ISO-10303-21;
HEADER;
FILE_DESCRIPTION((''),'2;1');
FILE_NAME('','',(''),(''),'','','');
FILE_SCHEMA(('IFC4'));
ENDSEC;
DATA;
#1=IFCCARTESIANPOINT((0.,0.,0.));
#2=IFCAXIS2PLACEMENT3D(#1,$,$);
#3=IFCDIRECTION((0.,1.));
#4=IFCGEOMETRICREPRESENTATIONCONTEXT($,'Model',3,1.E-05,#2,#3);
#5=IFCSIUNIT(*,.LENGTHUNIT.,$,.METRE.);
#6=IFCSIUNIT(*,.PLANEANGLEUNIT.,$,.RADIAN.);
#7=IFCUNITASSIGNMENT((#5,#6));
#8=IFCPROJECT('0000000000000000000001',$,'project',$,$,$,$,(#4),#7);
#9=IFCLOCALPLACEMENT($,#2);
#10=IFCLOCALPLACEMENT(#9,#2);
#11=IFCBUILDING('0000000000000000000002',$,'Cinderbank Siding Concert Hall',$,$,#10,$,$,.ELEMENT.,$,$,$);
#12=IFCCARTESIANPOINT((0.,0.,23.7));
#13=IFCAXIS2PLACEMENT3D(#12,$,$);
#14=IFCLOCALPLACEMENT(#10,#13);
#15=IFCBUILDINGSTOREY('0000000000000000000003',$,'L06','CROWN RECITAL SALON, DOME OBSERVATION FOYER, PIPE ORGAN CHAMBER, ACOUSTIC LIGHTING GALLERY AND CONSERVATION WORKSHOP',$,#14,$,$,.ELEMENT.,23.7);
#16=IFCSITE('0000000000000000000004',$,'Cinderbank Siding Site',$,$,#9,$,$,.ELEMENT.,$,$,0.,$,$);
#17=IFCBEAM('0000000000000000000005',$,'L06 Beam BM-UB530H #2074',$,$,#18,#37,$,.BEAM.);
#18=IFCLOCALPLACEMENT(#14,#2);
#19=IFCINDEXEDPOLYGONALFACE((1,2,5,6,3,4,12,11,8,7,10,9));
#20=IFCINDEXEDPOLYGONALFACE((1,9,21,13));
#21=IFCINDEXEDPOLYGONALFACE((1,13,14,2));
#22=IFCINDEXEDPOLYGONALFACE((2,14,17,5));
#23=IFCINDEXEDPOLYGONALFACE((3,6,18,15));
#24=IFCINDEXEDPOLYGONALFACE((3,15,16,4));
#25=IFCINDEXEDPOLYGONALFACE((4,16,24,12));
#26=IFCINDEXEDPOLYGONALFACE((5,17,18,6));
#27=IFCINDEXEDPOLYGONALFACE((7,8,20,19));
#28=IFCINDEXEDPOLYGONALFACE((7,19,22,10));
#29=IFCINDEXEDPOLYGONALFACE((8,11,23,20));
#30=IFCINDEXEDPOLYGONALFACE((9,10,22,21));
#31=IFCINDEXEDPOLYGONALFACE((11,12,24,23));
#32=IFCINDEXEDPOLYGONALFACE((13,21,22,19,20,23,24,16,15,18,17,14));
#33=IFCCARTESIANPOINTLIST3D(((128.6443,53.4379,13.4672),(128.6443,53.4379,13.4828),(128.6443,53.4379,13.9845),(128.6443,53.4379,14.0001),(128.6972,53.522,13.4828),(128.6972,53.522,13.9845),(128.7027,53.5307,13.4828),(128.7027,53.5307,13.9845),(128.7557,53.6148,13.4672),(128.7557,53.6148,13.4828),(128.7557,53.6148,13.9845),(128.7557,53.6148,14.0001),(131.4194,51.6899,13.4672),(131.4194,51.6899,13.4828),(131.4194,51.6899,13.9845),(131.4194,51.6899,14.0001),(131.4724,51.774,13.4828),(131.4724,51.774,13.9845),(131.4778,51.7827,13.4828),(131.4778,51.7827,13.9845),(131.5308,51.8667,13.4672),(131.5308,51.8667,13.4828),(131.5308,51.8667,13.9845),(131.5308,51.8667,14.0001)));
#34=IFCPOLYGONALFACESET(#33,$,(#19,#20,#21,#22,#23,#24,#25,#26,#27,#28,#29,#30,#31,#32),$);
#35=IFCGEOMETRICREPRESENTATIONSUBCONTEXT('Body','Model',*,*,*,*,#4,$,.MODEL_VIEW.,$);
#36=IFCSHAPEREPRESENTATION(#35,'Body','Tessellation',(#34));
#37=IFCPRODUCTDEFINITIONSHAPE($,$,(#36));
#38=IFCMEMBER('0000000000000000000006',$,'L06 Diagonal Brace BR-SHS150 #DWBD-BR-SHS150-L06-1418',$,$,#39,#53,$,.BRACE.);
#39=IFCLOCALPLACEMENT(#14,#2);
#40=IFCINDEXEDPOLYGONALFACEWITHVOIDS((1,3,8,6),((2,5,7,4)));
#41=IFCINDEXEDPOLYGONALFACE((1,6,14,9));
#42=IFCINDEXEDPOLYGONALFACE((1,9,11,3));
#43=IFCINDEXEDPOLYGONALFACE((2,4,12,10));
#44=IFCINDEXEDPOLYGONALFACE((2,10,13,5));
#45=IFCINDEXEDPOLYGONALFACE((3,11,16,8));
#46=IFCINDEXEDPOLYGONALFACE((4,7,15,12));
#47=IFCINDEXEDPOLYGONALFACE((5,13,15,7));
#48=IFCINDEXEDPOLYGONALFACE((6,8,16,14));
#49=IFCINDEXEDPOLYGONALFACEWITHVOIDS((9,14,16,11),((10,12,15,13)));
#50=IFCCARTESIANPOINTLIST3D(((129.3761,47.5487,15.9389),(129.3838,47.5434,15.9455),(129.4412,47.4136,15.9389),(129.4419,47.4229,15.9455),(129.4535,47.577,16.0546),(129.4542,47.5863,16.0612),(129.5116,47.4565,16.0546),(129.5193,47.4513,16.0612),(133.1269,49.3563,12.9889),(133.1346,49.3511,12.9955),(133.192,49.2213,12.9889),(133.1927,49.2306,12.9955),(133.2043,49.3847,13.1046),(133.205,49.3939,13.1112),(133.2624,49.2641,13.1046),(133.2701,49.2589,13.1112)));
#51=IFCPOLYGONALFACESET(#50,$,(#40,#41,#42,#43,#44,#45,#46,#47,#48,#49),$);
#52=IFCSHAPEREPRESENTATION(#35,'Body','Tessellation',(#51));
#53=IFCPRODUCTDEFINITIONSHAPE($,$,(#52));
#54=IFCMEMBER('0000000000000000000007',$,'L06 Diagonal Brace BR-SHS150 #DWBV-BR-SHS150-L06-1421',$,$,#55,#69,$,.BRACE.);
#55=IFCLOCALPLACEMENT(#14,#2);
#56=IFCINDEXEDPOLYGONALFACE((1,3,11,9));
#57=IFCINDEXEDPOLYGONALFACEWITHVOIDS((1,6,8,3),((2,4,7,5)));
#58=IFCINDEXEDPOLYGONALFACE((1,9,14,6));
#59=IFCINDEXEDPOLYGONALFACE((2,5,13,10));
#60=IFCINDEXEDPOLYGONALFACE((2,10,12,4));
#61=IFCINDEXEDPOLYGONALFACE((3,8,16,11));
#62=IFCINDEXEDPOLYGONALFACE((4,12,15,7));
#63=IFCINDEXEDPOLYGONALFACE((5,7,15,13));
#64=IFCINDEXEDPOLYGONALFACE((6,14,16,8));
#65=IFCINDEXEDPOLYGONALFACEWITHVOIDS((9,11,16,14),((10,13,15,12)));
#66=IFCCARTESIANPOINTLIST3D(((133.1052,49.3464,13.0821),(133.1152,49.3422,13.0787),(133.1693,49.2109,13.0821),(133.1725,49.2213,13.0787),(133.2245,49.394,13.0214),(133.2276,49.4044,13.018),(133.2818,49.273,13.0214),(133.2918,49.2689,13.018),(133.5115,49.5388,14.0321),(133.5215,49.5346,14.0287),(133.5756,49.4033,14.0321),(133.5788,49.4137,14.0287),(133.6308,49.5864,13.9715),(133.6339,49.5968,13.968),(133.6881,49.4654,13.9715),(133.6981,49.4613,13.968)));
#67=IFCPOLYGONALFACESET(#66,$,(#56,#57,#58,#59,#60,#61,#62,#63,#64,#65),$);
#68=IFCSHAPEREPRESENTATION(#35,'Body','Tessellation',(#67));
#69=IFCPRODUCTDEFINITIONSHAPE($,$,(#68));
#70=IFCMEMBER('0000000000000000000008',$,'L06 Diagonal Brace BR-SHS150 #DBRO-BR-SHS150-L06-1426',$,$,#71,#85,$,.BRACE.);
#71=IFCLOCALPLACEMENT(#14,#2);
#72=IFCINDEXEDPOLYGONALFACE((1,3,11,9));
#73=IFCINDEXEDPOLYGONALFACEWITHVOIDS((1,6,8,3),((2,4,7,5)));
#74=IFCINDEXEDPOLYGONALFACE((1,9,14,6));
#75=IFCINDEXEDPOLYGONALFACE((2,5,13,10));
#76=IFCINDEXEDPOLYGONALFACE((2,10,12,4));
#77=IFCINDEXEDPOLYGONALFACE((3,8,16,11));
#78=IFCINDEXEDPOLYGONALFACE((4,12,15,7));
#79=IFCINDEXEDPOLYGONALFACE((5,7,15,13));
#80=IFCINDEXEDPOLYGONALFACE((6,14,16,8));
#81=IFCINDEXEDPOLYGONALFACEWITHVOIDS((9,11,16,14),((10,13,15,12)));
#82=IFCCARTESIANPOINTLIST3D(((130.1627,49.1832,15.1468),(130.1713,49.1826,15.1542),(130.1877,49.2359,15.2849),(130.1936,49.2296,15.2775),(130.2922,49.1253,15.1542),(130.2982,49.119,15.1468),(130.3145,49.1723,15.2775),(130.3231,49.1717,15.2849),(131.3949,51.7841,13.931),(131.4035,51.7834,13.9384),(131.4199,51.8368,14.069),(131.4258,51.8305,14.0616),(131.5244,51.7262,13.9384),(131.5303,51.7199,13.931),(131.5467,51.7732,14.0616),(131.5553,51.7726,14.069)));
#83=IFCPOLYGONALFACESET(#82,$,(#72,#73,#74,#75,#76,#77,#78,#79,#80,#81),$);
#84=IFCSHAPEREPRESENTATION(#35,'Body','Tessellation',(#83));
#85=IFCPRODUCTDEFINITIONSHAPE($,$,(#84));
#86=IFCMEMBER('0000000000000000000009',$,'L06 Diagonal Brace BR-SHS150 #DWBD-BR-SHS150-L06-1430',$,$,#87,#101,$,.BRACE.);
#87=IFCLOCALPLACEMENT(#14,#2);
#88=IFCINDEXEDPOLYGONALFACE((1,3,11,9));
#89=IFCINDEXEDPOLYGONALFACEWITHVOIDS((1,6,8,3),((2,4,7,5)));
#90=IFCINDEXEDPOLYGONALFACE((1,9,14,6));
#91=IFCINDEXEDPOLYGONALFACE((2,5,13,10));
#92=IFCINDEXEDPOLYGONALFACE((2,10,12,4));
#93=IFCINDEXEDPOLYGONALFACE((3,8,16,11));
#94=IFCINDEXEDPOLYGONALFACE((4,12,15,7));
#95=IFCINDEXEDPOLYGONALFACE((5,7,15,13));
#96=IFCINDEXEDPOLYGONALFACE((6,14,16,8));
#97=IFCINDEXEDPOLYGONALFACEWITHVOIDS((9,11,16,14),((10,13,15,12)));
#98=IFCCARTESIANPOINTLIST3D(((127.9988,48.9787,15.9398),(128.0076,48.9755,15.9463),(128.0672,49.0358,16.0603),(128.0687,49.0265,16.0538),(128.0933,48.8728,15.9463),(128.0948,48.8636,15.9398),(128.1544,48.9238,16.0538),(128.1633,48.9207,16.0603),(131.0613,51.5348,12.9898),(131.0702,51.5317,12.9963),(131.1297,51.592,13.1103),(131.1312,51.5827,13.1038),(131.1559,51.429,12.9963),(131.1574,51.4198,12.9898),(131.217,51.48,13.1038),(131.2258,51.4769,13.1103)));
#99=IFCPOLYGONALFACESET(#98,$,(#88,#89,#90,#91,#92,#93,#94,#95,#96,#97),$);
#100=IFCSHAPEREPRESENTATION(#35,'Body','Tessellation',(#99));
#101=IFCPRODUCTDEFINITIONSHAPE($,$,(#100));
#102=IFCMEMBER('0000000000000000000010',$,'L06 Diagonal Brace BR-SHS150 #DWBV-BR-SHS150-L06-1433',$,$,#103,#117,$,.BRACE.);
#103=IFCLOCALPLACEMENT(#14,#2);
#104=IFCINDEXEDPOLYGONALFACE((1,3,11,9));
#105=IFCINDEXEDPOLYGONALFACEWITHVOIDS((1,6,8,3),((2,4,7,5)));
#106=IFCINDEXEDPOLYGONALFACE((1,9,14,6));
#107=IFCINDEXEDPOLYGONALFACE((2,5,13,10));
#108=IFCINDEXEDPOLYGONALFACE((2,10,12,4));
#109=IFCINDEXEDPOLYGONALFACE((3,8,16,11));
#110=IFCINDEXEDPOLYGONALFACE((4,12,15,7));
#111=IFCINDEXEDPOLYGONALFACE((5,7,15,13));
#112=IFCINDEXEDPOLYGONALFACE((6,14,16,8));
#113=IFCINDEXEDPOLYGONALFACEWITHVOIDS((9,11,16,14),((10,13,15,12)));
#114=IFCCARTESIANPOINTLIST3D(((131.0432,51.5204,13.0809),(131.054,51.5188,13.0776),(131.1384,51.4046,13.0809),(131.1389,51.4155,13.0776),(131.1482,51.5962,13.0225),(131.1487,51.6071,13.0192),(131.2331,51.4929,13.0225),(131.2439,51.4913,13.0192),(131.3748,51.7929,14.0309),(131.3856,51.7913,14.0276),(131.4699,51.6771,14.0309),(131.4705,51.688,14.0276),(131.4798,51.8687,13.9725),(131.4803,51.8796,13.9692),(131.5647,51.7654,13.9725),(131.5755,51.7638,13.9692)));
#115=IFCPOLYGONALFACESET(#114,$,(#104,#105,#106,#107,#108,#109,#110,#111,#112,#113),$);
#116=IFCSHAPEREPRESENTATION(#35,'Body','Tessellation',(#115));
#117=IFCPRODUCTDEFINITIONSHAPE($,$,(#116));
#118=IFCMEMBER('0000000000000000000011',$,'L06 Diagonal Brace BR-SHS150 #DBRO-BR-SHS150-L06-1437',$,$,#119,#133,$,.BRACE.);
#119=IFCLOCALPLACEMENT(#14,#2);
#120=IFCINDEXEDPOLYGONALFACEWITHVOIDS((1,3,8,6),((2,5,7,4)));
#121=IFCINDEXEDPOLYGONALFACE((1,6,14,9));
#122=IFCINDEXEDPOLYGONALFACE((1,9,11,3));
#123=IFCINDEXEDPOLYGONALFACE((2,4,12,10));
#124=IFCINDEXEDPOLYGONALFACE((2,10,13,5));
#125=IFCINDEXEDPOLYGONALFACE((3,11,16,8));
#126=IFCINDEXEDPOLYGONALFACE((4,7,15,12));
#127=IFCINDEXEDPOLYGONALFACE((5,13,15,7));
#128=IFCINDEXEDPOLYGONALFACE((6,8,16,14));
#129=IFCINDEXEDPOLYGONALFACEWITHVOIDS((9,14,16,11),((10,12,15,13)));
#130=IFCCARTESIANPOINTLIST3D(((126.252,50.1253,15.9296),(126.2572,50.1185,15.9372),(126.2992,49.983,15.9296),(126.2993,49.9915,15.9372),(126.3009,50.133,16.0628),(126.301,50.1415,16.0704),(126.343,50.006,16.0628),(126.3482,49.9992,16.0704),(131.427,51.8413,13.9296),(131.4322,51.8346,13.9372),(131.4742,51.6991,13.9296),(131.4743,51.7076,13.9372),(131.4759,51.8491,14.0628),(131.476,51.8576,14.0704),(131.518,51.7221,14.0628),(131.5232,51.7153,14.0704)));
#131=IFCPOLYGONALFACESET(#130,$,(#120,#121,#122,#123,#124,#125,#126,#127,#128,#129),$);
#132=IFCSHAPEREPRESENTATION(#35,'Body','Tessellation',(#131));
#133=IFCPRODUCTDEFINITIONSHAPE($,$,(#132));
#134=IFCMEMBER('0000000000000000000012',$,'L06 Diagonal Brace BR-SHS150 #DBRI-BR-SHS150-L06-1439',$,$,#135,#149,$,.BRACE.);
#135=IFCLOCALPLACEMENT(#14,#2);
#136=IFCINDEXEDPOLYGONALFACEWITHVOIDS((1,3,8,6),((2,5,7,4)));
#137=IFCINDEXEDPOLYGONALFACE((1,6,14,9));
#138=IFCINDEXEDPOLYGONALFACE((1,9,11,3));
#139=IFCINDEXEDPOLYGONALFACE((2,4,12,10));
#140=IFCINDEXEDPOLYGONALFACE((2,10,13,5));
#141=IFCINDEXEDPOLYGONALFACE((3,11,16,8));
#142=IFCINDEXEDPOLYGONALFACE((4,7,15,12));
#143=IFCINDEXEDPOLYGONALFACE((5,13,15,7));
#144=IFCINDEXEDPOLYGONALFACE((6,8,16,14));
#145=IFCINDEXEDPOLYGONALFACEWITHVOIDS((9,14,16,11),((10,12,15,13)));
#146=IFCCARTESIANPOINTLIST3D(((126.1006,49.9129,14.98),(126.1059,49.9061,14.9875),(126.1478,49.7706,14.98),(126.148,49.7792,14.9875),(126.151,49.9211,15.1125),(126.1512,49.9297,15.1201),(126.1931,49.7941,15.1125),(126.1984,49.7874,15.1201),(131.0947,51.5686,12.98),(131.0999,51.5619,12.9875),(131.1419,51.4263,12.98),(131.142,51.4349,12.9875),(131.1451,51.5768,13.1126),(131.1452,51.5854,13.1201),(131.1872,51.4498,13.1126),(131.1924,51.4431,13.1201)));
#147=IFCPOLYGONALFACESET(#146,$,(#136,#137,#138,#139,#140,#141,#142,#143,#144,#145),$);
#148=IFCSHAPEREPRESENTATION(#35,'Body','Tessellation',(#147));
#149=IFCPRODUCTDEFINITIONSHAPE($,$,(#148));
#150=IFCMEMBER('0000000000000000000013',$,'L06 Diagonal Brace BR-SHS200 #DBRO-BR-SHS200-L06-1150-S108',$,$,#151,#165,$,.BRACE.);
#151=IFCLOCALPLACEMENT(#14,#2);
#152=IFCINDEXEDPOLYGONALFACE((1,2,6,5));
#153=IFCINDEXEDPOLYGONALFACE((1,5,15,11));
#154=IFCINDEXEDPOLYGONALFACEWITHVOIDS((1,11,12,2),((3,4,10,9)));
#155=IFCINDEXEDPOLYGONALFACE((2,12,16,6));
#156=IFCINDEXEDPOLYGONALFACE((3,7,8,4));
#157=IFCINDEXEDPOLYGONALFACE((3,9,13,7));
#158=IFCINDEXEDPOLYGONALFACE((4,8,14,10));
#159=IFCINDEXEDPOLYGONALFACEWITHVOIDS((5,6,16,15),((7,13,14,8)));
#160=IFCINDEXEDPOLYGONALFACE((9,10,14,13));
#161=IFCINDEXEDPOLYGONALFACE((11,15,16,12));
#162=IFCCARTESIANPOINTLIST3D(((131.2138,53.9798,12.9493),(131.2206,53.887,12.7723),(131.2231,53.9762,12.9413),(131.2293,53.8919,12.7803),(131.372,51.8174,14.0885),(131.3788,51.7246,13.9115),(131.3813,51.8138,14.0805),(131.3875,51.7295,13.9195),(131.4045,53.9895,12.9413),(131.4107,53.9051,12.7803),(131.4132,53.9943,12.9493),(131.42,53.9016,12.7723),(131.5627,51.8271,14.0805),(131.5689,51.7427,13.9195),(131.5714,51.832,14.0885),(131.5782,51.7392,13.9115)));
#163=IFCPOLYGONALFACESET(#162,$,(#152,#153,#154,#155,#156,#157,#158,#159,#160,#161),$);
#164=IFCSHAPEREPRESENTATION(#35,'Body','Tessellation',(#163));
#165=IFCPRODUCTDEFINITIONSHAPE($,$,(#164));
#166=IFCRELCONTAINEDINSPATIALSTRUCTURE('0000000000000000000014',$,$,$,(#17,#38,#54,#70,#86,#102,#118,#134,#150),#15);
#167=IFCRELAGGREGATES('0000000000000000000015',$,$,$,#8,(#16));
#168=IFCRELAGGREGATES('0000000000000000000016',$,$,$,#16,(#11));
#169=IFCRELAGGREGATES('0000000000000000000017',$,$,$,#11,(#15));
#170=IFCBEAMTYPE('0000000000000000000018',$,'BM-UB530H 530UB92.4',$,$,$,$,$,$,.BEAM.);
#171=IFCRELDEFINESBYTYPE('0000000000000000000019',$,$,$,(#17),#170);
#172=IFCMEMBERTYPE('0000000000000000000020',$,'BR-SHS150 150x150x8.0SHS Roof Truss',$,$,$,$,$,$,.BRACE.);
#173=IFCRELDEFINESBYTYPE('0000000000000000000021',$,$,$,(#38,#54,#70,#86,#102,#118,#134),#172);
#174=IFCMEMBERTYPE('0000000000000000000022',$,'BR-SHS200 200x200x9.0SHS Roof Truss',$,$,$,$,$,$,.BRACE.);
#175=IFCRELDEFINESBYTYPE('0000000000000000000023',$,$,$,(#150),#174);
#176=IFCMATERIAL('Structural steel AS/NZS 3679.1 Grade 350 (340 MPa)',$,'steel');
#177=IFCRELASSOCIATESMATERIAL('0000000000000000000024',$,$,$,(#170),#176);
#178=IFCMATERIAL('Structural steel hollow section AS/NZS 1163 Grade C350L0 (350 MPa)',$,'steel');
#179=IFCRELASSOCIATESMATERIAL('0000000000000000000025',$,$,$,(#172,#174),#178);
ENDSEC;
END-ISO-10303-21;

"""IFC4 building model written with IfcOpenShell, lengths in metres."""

from ifc_helpers import new_model, si_unit, direction, frame, origin, origin_2d, place, context, subcontext, project, spatial, hollow_rectangle, i_section, extrude, material, material_profile, profile_set, type_object, element, save


model = new_model("IFC4")

# Units and contexts
model_context = context("Model", 3, precision=1e-05, world=origin(), true_north=direction((0.0, 1.0)))
body_context = subcontext(model_context, "Body", "Model", "MODEL_VIEW")
ifc_project = project(units=[si_unit("LENGTHUNIT", "METRE"), si_unit("PLANEANGLEUNIT", "RADIAN")], contexts=[model_context])

# Site, building, storey
site_placement = place(None, origin())
site = spatial("IfcSite", under=ifc_project, at=site_placement, Name="Cinderbank Siding Site", CompositionType="ELEMENT", RefElevation=0.0)
building_placement = place(site_placement, origin())
building = spatial("IfcBuilding", under=site, at=building_placement, Name="Cinderbank Siding Concert Hall", CompositionType="ELEMENT")
storey_placement = place(building_placement, frame((0.0, 0.0, 23.7)))
storey = spatial("IfcBuildingStorey", under=building, at=storey_placement, Name="L06", Description="CROWN RECITAL SALON, DOME OBSERVATION FOYER, PIPE ORGAN CHAMBER, ACOUSTIC LIGHTING GALLERY AND CONSERVATION WORKSHOP", CompositionType="ELEMENT", Elevation=23.7)

# Beam
ifc_material_1 = material(Name="Structural steel AS/NZS 3679.1 Grade 350 (340 MPa)", Category="steel")
ifc_material_profile_1 = material_profile(ifc_material_1, i_section(OverallWidth=0.209, OverallDepth=0.533, WebThickness=0.0103, FlangeThickness=0.0156, at=origin_2d()), Name="530UB92.4", Category="LoadBearing")
ifc_profile_set_1 = profile_set([ifc_material_profile_1], Name="Structural steel AS/NZS 3679.1 Grade 350 (340 MPa)")
beam_type = type_object("IfcBeamType", Name="BM-UB530H 530UB92.4", PredefinedType="BEAM", material=ifc_profile_set_1)
beam_placement = place(storey_placement, frame((131.4751, 51.7783, 13.7336), z_axis=(-0.846132, 0.532973, 0.0), x_axis=(-0.532973, -0.846132, 0.0)))
element("IfcBeam", 1, at=beam_placement, inside=storey, type_object=beam_type, Name="L06 Beam BM-UB530H #2074", PredefinedType="BEAM", context=body_context, shape_type="SweptSolid", body=[
    extrude(i_section(OverallWidth=0.209, OverallDepth=0.533, WebThickness=0.0103, FlangeThickness=0.0156, at=origin_2d()), origin(), (0.0, 0.0, 1.0), 3.2798),
])

# Members
ifc_material_2 = material(Name="Structural steel hollow section AS/NZS 1163 Grade C350L0 (350 MPa)", Category="steel")
ifc_material_profile_2 = material_profile(ifc_material_2, hollow_rectangle(XDim=0.1499, YDim=0.1499, WallThickness=0.0081, at=origin_2d()), Name="150x150x8.0SHS", Category="LoadBearing")
ifc_profile_set_2 = profile_set([ifc_material_profile_2], Name="Structural steel hollow section AS/NZS 1163 Grade C350L0 (350 MPa)")
member_type_1 = type_object("IfcMemberType", Name="BR-SHS150 150x150x8.0SHS Roof Truss", PredefinedType="BRACE", material=ifc_profile_set_2)
member_1_placement = place(storey_placement, frame((133.1985, 49.3076, 13.05), z_axis=(-0.735047, -0.354246, 0.578114), x_axis=(0.434149, -0.900841, 0.0)))
element("IfcMember", 2, at=member_1_placement, inside=storey, type_object=member_type_1, Name="L06 Diagonal Brace BR-SHS150 #DWBD-BR-SHS150-L06-1418", PredefinedType="BRACE", context=body_context, shape_type="SweptSolid", body=[
    extrude(hollow_rectangle(XDim=0.1499, YDim=0.1499, WallThickness=0.0081, at=origin_2d()), origin(), (0.0, 0.0, 1.0), 5.1028),
])
member_2_placement = place(storey_placement, frame((133.1985, 49.3076, 13.05), z_axis=(0.386562, 0.183059, 0.903913), x_axis=(-0.427993, 0.903782, 0.0)))
element("IfcMember", 3, at=member_2_placement, inside=storey, type_object=member_type_1, Name="L06 Diagonal Brace BR-SHS150 #DWBV-BR-SHS150-L06-1421", PredefinedType="BRACE", context=body_context, shape_type="SweptSolid", body=[
    extrude(hollow_rectangle(XDim=0.1499, YDim=0.1499, WallThickness=0.0081, at=origin_2d()), origin(), (0.0, 0.0, 1.0), 1.051),
])
member_3_placement = place(storey_placement, frame((131.4751, 51.7783, 14.0), z_axis=(-0.394394, -0.832471, 0.389159), x_axis=(0.90371, -0.428145, 0.0)))
element("IfcMember", 4, at=member_3_placement, inside=storey, type_object=member_type_1, Name="L06 Diagonal Brace BR-SHS150 #DBRO-BR-SHS150-L06-1426", PredefinedType="BRACE", context=body_context, shape_type="SweptSolid", body=[
    extrude(hollow_rectangle(XDim=0.1499, YDim=0.1499, WallThickness=0.0081, at=origin_2d()), origin(), (0.0, 0.0, 1.0), 3.1243),
])
member_4_placement = place(storey_placement, frame((131.1436, 51.5059, 13.05), z_axis=(-0.617271, -0.515213, 0.594586), x_axis=(0.640786, -0.767719, 0.0)))
element("IfcMember", 5, at=member_4_placement, inside=storey, type_object=member_type_1, Name="L06 Diagonal Brace BR-SHS150 #DWBD-BR-SHS150-L06-1430", PredefinedType="BRACE", context=body_context, shape_type="SweptSolid", body=[
    extrude(hollow_rectangle(XDim=0.1499, YDim=0.1499, WallThickness=0.0081, at=origin_2d()), origin(), (0.0, 0.0, 1.0), 4.9614),
])
member_5_placement = place(storey_placement, frame((131.1436, 51.5059, 13.05), z_axis=(0.318062, 0.261383, 0.911326), x_axis=(-0.634909, 0.772587, 0.0)))
element("IfcMember", 6, at=member_5_placement, inside=storey, type_object=member_type_1, Name="L06 Diagonal Brace BR-SHS150 #DWBV-BR-SHS150-L06-1433", PredefinedType="BRACE", context=body_context, shape_type="SweptSolid", body=[
    extrude(hollow_rectangle(XDim=0.1499, YDim=0.1499, WallThickness=0.0081, at=origin_2d()), origin(), (0.0, 0.0, 1.0), 1.0425),
])
member_6_placement = place(storey_placement, frame((131.4751, 51.7783, 14.0), z_axis=(-0.891111, -0.295496, 0.344388), x_axis=(0.31475, -0.949175, 0.0)))
element("IfcMember", 7, at=member_6_placement, inside=storey, type_object=member_type_1, Name="L06 Diagonal Brace BR-SHS150 #DBRO-BR-SHS150-L06-1437", PredefinedType="BRACE", context=body_context, shape_type="SweptSolid", body=[
    extrude(hollow_rectangle(XDim=0.1499, YDim=0.1499, WallThickness=0.0081, at=origin_2d()), origin(), (0.0, 0.0, 1.0), 5.8074),
])
member_7_placement = place(storey_placement, frame((131.1436, 51.5059, 13.05), z_axis=(-0.887253, -0.294161, 0.355318), x_axis=(0.314696, -0.949192, 0.0)))
element("IfcMember", 8, at=member_7_placement, inside=storey, type_object=member_type_1, Name="L06 Diagonal Brace BR-SHS150 #DBRI-BR-SHS150-L06-1439", PredefinedType="BRACE", context=body_context, shape_type="SweptSolid", body=[
    extrude(hollow_rectangle(XDim=0.1499, YDim=0.1499, WallThickness=0.0081, at=origin_2d()), origin(), (0.0, 0.0, 1.0), 5.6287),
])
ifc_material_profile_3 = material_profile(ifc_material_2, hollow_rectangle(XDim=0.2, YDim=0.2, WallThickness=0.009, at=origin_2d()), Name="200x200x9.0SHS", Category="LoadBearing")
ifc_profile_set_3 = profile_set([ifc_material_profile_3], Name="Structural steel hollow section AS/NZS 1163 Grade C350L0 (350 MPa)")
member_type_2 = type_object("IfcMemberType", Name="BR-SHS200 200x200x9.0SHS Roof Truss", PredefinedType="BRACE", material=ifc_profile_set_3)
member_8_placement = place(storey_placement, frame((131.3169, 53.9407, 12.8608), z_axis=(0.064594, -0.882888, 0.465119), x_axis=(0.997334, 0.072967, 0.0)))
element("IfcMember", 9, at=member_8_placement, inside=storey, type_object=member_type_2, Name="L06 Diagonal Brace BR-SHS200 #DBRO-BR-SHS200-L06-1150-S108", PredefinedType="BRACE", context=body_context, shape_type="SweptSolid", body=[
    extrude(hollow_rectangle(XDim=0.2, YDim=0.2, WallThickness=0.009, at=origin_2d()), origin(), (0.0, 0.0, 1.0), 2.4492),
])

save(model, "model.ifc")
